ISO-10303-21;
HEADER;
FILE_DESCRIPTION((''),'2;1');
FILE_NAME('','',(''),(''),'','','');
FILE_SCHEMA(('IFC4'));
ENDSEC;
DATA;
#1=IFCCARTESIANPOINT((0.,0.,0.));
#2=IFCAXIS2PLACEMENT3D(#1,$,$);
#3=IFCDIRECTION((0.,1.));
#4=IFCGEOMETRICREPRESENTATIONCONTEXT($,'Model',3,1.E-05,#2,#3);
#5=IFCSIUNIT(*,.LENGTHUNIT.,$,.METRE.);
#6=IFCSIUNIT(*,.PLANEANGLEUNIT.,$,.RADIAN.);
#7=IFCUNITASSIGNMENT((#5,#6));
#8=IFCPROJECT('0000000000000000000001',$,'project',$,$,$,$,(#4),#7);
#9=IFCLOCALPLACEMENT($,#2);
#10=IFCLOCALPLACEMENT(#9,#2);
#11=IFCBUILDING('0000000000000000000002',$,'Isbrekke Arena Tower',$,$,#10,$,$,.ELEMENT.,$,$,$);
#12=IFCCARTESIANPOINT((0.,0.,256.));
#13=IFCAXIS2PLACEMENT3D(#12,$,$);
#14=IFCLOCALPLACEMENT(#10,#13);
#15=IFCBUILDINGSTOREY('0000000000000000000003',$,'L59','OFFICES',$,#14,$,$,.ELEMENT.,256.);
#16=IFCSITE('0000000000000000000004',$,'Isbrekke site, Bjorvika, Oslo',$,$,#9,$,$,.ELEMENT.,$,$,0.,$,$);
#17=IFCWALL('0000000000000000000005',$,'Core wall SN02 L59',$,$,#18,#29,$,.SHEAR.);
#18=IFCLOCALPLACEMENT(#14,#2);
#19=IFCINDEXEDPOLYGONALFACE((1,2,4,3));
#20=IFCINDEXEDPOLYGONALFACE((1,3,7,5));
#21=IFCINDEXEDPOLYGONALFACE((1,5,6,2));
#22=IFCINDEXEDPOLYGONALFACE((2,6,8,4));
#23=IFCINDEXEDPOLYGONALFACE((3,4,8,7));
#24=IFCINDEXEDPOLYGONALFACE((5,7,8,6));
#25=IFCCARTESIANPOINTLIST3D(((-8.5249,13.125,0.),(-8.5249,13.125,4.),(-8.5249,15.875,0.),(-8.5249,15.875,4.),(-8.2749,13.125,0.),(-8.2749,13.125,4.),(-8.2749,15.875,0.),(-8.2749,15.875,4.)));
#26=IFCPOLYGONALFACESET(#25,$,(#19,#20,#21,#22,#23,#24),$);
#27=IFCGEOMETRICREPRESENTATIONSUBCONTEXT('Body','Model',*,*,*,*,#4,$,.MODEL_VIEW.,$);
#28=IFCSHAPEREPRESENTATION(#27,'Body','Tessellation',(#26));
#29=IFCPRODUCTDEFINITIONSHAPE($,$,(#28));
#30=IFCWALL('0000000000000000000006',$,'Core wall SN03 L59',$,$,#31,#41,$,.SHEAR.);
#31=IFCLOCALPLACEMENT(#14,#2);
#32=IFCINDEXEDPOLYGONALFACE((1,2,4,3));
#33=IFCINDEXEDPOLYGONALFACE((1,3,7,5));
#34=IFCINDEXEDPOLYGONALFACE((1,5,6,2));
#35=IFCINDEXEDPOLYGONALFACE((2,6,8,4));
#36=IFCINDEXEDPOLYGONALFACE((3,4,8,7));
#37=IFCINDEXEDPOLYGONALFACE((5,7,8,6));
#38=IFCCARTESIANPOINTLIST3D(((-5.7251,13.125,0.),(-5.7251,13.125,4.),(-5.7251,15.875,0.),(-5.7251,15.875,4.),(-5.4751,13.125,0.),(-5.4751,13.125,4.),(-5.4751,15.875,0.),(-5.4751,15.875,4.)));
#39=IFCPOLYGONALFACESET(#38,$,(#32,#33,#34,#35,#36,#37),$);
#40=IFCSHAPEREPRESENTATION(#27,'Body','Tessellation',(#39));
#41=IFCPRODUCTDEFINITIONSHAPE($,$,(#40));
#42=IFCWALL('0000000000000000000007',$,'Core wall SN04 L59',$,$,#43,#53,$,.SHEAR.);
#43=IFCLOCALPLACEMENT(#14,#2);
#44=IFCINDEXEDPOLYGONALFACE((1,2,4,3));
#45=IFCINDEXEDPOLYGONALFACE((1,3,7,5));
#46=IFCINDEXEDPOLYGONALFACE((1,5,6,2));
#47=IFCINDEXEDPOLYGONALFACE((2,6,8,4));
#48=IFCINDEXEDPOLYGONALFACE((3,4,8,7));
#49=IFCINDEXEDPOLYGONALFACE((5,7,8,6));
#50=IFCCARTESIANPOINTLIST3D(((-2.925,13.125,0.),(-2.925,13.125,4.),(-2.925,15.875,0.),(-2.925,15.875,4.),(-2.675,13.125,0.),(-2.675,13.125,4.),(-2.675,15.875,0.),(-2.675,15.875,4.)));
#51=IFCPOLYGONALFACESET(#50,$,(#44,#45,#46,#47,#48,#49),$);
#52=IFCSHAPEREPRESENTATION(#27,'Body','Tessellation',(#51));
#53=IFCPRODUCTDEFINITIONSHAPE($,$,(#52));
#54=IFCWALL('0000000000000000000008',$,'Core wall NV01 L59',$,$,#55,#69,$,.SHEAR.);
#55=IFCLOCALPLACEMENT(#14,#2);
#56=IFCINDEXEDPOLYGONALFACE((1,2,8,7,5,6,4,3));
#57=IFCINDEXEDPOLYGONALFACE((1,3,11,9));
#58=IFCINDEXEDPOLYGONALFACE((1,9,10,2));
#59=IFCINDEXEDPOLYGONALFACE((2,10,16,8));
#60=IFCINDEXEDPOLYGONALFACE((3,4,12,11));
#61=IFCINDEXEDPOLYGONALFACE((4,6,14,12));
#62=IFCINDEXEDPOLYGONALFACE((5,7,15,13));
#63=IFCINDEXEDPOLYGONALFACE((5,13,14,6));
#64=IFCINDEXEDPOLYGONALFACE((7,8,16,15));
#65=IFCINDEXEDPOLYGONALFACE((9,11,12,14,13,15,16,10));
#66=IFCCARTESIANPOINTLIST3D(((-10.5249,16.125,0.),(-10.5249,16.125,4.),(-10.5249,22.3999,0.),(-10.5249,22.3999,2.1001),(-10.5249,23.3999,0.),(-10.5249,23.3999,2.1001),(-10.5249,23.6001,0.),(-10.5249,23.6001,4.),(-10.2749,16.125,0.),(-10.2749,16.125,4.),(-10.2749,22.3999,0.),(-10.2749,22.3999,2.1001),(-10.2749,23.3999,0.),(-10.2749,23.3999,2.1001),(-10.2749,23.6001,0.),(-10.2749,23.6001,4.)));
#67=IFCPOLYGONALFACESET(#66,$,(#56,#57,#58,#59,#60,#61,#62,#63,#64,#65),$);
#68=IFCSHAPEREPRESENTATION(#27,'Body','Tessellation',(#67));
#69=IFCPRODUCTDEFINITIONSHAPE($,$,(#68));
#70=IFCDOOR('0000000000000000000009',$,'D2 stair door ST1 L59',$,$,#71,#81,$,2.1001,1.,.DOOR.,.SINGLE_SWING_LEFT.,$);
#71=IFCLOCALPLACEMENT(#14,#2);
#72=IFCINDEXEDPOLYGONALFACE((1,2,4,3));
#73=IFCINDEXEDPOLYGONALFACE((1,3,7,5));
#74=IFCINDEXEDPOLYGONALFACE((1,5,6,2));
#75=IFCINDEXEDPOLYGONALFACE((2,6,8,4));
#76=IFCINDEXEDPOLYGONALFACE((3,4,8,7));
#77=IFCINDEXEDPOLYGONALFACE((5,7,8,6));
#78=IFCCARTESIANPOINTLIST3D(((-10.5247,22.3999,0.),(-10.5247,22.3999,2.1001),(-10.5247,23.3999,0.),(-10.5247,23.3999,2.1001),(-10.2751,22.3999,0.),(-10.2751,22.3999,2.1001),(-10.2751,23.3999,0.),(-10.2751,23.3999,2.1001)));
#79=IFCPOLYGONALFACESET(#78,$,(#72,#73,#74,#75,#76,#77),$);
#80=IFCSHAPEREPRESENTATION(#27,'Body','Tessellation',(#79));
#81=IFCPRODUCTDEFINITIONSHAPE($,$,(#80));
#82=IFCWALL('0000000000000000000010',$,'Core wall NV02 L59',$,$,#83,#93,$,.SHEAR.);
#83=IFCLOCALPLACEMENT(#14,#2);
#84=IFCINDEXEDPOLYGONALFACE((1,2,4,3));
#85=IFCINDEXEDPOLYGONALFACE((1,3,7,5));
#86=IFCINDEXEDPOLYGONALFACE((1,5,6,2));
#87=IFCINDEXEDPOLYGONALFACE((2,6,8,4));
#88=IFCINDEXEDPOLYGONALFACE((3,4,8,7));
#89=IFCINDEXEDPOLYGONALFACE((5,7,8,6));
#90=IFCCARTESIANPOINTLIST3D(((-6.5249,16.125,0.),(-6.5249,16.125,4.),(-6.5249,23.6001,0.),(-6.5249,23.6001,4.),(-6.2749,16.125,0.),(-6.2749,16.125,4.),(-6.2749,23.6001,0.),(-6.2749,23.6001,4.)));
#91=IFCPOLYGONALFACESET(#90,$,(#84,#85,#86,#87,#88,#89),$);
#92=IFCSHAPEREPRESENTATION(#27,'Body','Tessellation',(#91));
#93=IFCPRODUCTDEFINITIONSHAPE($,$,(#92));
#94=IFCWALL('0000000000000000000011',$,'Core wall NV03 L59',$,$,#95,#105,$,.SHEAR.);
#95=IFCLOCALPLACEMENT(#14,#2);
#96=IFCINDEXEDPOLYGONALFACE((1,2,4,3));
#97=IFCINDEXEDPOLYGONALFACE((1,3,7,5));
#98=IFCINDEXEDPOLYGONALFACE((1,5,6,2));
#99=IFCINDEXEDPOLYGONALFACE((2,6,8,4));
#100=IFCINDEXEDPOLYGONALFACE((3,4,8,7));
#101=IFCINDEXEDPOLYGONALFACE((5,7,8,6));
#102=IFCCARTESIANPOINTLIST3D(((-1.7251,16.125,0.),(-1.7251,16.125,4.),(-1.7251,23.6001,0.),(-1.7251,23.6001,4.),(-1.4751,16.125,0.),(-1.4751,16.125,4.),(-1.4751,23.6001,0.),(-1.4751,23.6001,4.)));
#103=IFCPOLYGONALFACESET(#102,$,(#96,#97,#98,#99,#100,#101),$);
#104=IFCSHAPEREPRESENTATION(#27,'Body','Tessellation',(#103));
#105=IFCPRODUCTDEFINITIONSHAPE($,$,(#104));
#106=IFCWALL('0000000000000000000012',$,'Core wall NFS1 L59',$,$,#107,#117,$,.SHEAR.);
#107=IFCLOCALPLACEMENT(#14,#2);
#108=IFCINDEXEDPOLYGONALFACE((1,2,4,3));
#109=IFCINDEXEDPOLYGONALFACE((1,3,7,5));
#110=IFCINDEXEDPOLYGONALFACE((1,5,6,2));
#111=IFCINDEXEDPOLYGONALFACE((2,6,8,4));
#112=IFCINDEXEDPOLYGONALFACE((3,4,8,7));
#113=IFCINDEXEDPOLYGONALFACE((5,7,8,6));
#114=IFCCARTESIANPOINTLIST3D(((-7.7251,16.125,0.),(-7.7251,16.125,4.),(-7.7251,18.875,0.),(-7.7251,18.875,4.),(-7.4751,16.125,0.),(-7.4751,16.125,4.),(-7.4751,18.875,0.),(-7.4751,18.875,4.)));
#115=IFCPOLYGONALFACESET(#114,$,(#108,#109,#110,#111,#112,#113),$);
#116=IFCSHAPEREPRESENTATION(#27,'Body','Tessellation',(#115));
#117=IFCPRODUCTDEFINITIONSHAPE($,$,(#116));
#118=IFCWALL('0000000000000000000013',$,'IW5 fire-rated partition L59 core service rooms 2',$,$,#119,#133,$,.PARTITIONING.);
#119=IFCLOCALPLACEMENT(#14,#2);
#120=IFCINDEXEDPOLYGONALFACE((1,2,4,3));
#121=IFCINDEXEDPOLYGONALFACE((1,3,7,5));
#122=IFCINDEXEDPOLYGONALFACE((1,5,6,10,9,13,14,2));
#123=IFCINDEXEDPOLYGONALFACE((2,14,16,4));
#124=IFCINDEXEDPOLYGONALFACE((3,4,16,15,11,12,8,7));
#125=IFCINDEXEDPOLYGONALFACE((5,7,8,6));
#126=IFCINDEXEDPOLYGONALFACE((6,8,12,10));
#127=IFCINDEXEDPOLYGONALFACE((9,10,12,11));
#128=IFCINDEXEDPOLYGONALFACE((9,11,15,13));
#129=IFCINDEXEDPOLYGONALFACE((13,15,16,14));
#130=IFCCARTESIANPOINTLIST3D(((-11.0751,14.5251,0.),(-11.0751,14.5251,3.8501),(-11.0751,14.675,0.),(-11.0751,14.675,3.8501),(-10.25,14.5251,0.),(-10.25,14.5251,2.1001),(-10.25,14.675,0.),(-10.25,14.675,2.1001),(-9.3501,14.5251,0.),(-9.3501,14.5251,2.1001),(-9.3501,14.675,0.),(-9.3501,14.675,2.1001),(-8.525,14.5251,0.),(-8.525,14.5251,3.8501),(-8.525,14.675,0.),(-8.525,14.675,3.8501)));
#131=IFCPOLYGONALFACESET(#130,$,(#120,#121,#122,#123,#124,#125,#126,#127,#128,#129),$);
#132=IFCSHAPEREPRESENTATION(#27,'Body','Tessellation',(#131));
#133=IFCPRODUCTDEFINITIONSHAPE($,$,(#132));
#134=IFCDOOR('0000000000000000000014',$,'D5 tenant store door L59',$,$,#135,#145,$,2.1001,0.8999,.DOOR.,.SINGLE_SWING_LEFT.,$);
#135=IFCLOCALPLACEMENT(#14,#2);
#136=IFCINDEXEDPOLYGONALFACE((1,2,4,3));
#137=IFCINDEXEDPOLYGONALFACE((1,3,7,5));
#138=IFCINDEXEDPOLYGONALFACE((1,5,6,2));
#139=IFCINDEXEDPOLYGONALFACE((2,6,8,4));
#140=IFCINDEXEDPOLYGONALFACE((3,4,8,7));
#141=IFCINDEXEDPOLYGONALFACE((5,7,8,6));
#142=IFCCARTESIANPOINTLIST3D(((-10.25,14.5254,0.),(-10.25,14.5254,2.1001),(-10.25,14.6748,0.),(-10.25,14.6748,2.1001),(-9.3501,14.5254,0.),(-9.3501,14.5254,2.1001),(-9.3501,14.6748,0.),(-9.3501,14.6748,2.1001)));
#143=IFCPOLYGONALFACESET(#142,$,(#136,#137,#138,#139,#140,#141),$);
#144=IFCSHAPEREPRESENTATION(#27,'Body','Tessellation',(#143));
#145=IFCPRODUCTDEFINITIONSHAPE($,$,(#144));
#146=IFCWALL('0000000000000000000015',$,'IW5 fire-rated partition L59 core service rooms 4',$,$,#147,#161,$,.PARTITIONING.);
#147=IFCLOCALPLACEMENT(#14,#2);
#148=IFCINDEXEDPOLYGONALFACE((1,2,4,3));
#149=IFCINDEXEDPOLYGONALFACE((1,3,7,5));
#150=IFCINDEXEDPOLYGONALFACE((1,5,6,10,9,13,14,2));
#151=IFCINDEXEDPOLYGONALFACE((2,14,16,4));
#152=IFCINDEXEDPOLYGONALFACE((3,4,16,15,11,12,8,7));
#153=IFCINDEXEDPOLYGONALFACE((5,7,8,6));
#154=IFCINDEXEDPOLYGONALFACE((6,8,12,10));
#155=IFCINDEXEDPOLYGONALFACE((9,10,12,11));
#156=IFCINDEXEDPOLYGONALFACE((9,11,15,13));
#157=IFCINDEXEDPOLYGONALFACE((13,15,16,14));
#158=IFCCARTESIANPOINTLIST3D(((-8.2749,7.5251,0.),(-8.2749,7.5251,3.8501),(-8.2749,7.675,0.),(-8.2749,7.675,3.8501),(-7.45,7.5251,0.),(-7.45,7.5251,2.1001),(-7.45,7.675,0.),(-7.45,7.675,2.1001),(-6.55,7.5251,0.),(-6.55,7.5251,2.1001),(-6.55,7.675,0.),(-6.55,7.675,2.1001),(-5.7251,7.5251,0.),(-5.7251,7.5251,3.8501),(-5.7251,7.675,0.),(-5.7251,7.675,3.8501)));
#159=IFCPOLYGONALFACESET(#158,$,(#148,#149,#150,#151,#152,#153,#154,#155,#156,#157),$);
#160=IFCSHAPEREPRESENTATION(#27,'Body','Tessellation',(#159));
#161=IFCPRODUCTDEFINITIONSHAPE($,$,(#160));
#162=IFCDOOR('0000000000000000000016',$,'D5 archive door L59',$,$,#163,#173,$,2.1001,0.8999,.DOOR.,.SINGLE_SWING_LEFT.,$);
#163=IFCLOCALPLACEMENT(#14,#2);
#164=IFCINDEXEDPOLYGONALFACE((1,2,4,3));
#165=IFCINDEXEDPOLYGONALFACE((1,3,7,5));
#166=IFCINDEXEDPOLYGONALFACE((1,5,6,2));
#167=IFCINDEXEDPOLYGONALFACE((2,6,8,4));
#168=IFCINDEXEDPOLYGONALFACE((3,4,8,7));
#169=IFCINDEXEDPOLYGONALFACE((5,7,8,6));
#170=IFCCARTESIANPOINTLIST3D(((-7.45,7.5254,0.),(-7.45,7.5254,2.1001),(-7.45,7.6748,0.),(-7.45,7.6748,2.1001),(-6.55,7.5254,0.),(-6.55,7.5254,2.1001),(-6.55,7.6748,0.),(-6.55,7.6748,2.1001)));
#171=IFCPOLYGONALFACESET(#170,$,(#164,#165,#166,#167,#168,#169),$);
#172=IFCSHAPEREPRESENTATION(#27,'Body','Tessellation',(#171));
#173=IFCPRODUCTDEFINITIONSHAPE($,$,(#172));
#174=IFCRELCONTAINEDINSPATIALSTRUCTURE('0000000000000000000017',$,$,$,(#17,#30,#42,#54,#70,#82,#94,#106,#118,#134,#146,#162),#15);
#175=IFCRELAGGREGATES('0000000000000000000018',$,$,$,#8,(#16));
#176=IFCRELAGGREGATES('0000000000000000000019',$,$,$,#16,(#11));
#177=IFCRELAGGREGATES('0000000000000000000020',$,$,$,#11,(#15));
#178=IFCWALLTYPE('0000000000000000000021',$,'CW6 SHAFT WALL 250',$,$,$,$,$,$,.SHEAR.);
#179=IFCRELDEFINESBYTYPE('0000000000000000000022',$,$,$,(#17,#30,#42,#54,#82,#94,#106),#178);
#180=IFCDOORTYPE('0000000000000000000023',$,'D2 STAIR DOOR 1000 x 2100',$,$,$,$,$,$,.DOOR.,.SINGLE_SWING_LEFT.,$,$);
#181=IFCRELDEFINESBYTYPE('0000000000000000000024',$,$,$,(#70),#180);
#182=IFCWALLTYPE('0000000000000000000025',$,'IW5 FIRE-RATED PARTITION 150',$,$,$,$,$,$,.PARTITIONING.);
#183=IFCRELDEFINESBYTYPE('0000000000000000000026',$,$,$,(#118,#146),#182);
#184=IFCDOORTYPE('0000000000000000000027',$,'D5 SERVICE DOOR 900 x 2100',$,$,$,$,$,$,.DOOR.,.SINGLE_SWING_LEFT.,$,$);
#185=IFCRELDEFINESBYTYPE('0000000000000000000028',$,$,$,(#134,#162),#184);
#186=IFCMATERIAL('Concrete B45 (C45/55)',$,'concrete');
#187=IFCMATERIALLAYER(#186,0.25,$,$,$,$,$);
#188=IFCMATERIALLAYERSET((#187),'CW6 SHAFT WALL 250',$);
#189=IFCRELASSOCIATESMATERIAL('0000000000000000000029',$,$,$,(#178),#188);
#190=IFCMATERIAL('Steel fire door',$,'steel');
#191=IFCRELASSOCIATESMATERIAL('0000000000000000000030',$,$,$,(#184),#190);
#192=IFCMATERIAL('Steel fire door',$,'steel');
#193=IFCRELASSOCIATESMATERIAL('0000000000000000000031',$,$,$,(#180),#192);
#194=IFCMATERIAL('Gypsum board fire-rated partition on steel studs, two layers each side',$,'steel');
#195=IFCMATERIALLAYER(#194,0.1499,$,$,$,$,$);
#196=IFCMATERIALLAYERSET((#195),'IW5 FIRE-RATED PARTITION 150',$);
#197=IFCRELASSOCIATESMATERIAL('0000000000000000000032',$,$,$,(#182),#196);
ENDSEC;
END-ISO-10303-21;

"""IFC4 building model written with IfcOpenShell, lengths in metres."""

from ifc_helpers import new_model, si_unit, direction, frame, frame_2d, origin, place, context, subcontext, project, spatial, rectangle, extrude, material, layer, layer_set, type_object, element, fill, save


model = new_model("IFC4")

# Units and contexts
model_context = context("Model", 3, precision=1e-05, world=origin(), true_north=direction((0.0, 1.0)))
body_context = subcontext(model_context, "Body", "Model", "MODEL_VIEW")
ifc_project = project(units=[si_unit("LENGTHUNIT", "METRE"), si_unit("PLANEANGLEUNIT", "RADIAN")], contexts=[model_context])

# Site, building, storey
site_placement = place(None, origin())
site = spatial("IfcSite", under=ifc_project, at=site_placement, Name="Isbrekke site, Bjorvika, Oslo", CompositionType="ELEMENT", RefElevation=0.0)
building_placement = place(site_placement, origin())
building = spatial("IfcBuilding", under=site, at=building_placement, Name="Isbrekke Arena Tower", CompositionType="ELEMENT")
storey_placement = place(building_placement, frame((0.0, 0.0, 256.0)))
storey = spatial("IfcBuildingStorey", under=building, at=storey_placement, Name="L59", Description="OFFICES", CompositionType="ELEMENT", Elevation=256.0)

# Shared definitions
ifc_material_1 = material(Name="Concrete B45 (C45/55)", Category="concrete")
ifc_layer_1 = layer(ifc_material_1, 0.25)
ifc_layer_set_1 = layer_set([ifc_layer_1], Name="CW6 SHAFT WALL 250")
wall_type_1 = type_object("IfcWallType", Name="CW6 SHAFT WALL 250", PredefinedType="SHEAR", material=ifc_layer_set_1)
ifc_material_2 = material(Name="Steel fire door", Category="steel")
door_type_1 = type_object("IfcDoorType", Name="D5 SERVICE DOOR 900 x 2100", OperationType="SINGLE_SWING_LEFT", PredefinedType="DOOR", material=ifc_material_2)

# Walls
for number, where, z_axis, x_axis, name in (
    (1, (-8.3999, 13.125, 0.0), (0.0, 0.0, 1.0), (0.0, 1.0, 0.0), "Core wall SN02 L59"),
    (2, (-5.6001, 13.125, 0.0), (0.0, 0.0, 1.0), (0.0, 1.0, 0.0), "Core wall SN03 L59"),
    (3, (-2.8, 13.125, 0.0), (0.0, 0.0, 1.0), (0.0, 1.0, 0.0), "Core wall SN04 L59"),
):
    element("IfcWall", number, at=place(storey_placement, frame(where, z_axis=z_axis, x_axis=x_axis)), inside=storey, type_object=wall_type_1, Name=name, PredefinedType="SHEAR", context=body_context, shape_type="SweptSolid", body=[
        extrude(rectangle(XDim=2.75, YDim=0.25, at=frame_2d((1.375, 0.0))), origin(), (0.0, 0.0, 1.0), 4.0),
    ])

# Wall, opening, door
wall_1_placement = place(storey_placement, frame((-10.3999, 16.125, 0.0), z_axis=(0.0, 0.0, 1.0), x_axis=(0.0, 1.0, 0.0)))
wall_1 = element("IfcWall", 4, at=wall_1_placement, inside=storey, type_object=wall_type_1, Name="Core wall NV01 L59", PredefinedType="SHEAR", context=body_context, shape_type="SweptSolid", body=[
    extrude(rectangle(XDim=7.4751, YDim=0.25, at=frame_2d((3.7375, 0.0))), origin(), (0.0, 0.0, 1.0), 4.0),
])
opening_1_placement = place(wall_1_placement, frame((6.2749, 0.0, 0.0)))
opening_1 = element("IfcOpeningElement", 5, at=opening_1_placement, cuts=wall_1, PredefinedType="OPENING", context=body_context, shape_type="SweptSolid", body=[
    extrude(rectangle(XDim=1.0, YDim=2.1001, at=frame_2d((0.5, 1.05))), frame((0.0, 0.1399, 0.0), z_axis=(0.0, -1.0, 0.0), x_axis=(1.0, 0.0, 0.0)), (0.0, 0.0, 1.0), 0.2798),
])
ifc_material_3 = material(Name="Steel fire door", Category="steel")
door_type_2 = type_object("IfcDoorType", Name="D2 STAIR DOOR 1000 x 2100", OperationType="SINGLE_SWING_LEFT", PredefinedType="DOOR", material=ifc_material_3)
door_1_placement = place(opening_1_placement, origin())
door_1 = element("IfcDoor", 6, at=door_1_placement, inside=storey, type_object=door_type_2, Name="D2 stair door ST1 L59", OperationType="SINGLE_SWING_LEFT", OverallHeight=2.1001, OverallWidth=1.0, PredefinedType="DOOR", context=body_context, shape_type="SweptSolid", body=[
    extrude(rectangle(XDim=1.0, YDim=2.1001, at=frame_2d((0.5, 1.05))), frame((0.0, 0.1248, 0.0), z_axis=(0.0, -1.0, 0.0), x_axis=(1.0, 0.0, 0.0)), (0.0, 0.0, 1.0), 0.2495),
])
fill(opening_1, door_1)

# Walls
for number, where, z_axis, x_axis, name in (
    (7, (-6.3999, 16.125, 0.0), (0.0, 0.0, 1.0), (0.0, 1.0, 0.0), "Core wall NV02 L59"),
    (8, (-1.6001, 16.125, 0.0), (0.0, 0.0, 1.0), (0.0, 1.0, 0.0), "Core wall NV03 L59"),
):
    element("IfcWall", number, at=place(storey_placement, frame(where, z_axis=z_axis, x_axis=x_axis)), inside=storey, type_object=wall_type_1, Name=name, PredefinedType="SHEAR", context=body_context, shape_type="SweptSolid", body=[
        extrude(rectangle(XDim=7.4751, YDim=0.25, at=frame_2d((3.7375, 0.0))), origin(), (0.0, 0.0, 1.0), 4.0),
    ])
wall_2_placement = place(storey_placement, frame((-7.6001, 16.125, 0.0), z_axis=(0.0, 0.0, 1.0), x_axis=(0.0, 1.0, 0.0)))
element("IfcWall", 9, at=wall_2_placement, inside=storey, type_object=wall_type_1, Name="Core wall NFS1 L59", PredefinedType="SHEAR", context=body_context, shape_type="SweptSolid", body=[
    extrude(rectangle(XDim=2.75, YDim=0.25, at=frame_2d((1.375, 0.0))), origin(), (0.0, 0.0, 1.0), 4.0),
])

# Walls, openings, doors
ifc_material_4 = material(Name="Gypsum board fire-rated partition on steel studs, two layers each side", Category="steel")
ifc_layer_2 = layer(ifc_material_4, 0.1499)
ifc_layer_set_2 = layer_set([ifc_layer_2], Name="IW5 FIRE-RATED PARTITION 150")
wall_type_2 = type_object("IfcWallType", Name="IW5 FIRE-RATED PARTITION 150", PredefinedType="PARTITIONING", material=ifc_layer_set_2)
wall_3_placement = place(storey_placement, frame((-11.075, 14.6001, 0.0), z_axis=(0.0, 0.0, 1.0), x_axis=(1.0, 0.0, 0.0)))
wall_3 = element("IfcWall", 10, at=wall_3_placement, inside=storey, type_object=wall_type_2, Name="IW5 fire-rated partition L59 core service rooms 2", PredefinedType="PARTITIONING", context=body_context, shape_type="SweptSolid", body=[
    extrude(rectangle(XDim=2.55, YDim=0.1499, at=frame_2d((1.2749, 0.0))), origin(), (0.0, 0.0, 1.0), 3.8501),
])
opening_2_placement = place(wall_3_placement, frame((0.825, 0.0, 0.0)))
opening_2 = element("IfcOpeningElement", 11, at=opening_2_placement, cuts=wall_3, PredefinedType="OPENING", context=body_context, shape_type="SweptSolid", body=[
    extrude(rectangle(XDim=0.8999, YDim=2.1001, at=frame_2d((0.45, 1.05))), frame((0.0, 0.0898, 0.0), z_axis=(0.0, -1.0, 0.0), x_axis=(1.0, 0.0, 0.0)), (0.0, 0.0, 1.0), 0.1797),
])
door_2_placement = place(opening_2_placement, origin())
door_2 = element("IfcDoor", 12, at=door_2_placement, inside=storey, type_object=door_type_1, Name="D5 tenant store door L59", OperationType="SINGLE_SWING_LEFT", OverallHeight=2.1001, OverallWidth=0.8999, PredefinedType="DOOR", context=body_context, shape_type="SweptSolid", body=[
    extrude(rectangle(XDim=0.8999, YDim=2.1001, at=frame_2d((0.45, 1.05))), frame((0.0, 0.0747, 0.0), z_axis=(0.0, -1.0, 0.0), x_axis=(1.0, 0.0, 0.0)), (0.0, 0.0, 1.0), 0.1494),
])
fill(opening_2, door_2)
wall_4_placement = place(storey_placement, frame((-8.2749, 7.6001, 0.0), z_axis=(0.0, 0.0, 1.0), x_axis=(1.0, 0.0, 0.0)))
wall_4 = element("IfcWall", 13, at=wall_4_placement, inside=storey, type_object=wall_type_2, Name="IW5 fire-rated partition L59 core service rooms 4", PredefinedType="PARTITIONING", context=body_context, shape_type="SweptSolid", body=[
    extrude(rectangle(XDim=2.5498, YDim=0.1499, at=frame_2d((1.2749, 0.0))), origin(), (0.0, 0.0, 1.0), 3.8501),
])
opening_3_placement = place(wall_4_placement, frame((0.825, 0.0, 0.0)))
opening_3 = element("IfcOpeningElement", 14, at=opening_3_placement, cuts=wall_4, PredefinedType="OPENING", context=body_context, shape_type="SweptSolid", body=[
    extrude(rectangle(XDim=0.8999, YDim=2.1001, at=frame_2d((0.45, 1.05))), frame((0.0, 0.0898, 0.0), z_axis=(0.0, -1.0, 0.0), x_axis=(1.0, 0.0, 0.0)), (0.0, 0.0, 1.0), 0.1797),
])
door_3_placement = place(opening_3_placement, origin())
door_3 = element("IfcDoor", 15, at=door_3_placement, inside=storey, type_object=door_type_1, Name="D5 archive door L59", OperationType="SINGLE_SWING_LEFT", OverallHeight=2.1001, OverallWidth=0.8999, PredefinedType="DOOR", context=body_context, shape_type="SweptSolid", body=[
    extrude(rectangle(XDim=0.8999, YDim=2.1001, at=frame_2d((0.45, 1.05))), frame((0.0, 0.0747, 0.0), z_axis=(0.0, -1.0, 0.0), x_axis=(1.0, 0.0, 0.0)), (0.0, 0.0, 1.0), 0.1494),
])
fill(opening_3, door_3)

save(model, "model.ifc")
